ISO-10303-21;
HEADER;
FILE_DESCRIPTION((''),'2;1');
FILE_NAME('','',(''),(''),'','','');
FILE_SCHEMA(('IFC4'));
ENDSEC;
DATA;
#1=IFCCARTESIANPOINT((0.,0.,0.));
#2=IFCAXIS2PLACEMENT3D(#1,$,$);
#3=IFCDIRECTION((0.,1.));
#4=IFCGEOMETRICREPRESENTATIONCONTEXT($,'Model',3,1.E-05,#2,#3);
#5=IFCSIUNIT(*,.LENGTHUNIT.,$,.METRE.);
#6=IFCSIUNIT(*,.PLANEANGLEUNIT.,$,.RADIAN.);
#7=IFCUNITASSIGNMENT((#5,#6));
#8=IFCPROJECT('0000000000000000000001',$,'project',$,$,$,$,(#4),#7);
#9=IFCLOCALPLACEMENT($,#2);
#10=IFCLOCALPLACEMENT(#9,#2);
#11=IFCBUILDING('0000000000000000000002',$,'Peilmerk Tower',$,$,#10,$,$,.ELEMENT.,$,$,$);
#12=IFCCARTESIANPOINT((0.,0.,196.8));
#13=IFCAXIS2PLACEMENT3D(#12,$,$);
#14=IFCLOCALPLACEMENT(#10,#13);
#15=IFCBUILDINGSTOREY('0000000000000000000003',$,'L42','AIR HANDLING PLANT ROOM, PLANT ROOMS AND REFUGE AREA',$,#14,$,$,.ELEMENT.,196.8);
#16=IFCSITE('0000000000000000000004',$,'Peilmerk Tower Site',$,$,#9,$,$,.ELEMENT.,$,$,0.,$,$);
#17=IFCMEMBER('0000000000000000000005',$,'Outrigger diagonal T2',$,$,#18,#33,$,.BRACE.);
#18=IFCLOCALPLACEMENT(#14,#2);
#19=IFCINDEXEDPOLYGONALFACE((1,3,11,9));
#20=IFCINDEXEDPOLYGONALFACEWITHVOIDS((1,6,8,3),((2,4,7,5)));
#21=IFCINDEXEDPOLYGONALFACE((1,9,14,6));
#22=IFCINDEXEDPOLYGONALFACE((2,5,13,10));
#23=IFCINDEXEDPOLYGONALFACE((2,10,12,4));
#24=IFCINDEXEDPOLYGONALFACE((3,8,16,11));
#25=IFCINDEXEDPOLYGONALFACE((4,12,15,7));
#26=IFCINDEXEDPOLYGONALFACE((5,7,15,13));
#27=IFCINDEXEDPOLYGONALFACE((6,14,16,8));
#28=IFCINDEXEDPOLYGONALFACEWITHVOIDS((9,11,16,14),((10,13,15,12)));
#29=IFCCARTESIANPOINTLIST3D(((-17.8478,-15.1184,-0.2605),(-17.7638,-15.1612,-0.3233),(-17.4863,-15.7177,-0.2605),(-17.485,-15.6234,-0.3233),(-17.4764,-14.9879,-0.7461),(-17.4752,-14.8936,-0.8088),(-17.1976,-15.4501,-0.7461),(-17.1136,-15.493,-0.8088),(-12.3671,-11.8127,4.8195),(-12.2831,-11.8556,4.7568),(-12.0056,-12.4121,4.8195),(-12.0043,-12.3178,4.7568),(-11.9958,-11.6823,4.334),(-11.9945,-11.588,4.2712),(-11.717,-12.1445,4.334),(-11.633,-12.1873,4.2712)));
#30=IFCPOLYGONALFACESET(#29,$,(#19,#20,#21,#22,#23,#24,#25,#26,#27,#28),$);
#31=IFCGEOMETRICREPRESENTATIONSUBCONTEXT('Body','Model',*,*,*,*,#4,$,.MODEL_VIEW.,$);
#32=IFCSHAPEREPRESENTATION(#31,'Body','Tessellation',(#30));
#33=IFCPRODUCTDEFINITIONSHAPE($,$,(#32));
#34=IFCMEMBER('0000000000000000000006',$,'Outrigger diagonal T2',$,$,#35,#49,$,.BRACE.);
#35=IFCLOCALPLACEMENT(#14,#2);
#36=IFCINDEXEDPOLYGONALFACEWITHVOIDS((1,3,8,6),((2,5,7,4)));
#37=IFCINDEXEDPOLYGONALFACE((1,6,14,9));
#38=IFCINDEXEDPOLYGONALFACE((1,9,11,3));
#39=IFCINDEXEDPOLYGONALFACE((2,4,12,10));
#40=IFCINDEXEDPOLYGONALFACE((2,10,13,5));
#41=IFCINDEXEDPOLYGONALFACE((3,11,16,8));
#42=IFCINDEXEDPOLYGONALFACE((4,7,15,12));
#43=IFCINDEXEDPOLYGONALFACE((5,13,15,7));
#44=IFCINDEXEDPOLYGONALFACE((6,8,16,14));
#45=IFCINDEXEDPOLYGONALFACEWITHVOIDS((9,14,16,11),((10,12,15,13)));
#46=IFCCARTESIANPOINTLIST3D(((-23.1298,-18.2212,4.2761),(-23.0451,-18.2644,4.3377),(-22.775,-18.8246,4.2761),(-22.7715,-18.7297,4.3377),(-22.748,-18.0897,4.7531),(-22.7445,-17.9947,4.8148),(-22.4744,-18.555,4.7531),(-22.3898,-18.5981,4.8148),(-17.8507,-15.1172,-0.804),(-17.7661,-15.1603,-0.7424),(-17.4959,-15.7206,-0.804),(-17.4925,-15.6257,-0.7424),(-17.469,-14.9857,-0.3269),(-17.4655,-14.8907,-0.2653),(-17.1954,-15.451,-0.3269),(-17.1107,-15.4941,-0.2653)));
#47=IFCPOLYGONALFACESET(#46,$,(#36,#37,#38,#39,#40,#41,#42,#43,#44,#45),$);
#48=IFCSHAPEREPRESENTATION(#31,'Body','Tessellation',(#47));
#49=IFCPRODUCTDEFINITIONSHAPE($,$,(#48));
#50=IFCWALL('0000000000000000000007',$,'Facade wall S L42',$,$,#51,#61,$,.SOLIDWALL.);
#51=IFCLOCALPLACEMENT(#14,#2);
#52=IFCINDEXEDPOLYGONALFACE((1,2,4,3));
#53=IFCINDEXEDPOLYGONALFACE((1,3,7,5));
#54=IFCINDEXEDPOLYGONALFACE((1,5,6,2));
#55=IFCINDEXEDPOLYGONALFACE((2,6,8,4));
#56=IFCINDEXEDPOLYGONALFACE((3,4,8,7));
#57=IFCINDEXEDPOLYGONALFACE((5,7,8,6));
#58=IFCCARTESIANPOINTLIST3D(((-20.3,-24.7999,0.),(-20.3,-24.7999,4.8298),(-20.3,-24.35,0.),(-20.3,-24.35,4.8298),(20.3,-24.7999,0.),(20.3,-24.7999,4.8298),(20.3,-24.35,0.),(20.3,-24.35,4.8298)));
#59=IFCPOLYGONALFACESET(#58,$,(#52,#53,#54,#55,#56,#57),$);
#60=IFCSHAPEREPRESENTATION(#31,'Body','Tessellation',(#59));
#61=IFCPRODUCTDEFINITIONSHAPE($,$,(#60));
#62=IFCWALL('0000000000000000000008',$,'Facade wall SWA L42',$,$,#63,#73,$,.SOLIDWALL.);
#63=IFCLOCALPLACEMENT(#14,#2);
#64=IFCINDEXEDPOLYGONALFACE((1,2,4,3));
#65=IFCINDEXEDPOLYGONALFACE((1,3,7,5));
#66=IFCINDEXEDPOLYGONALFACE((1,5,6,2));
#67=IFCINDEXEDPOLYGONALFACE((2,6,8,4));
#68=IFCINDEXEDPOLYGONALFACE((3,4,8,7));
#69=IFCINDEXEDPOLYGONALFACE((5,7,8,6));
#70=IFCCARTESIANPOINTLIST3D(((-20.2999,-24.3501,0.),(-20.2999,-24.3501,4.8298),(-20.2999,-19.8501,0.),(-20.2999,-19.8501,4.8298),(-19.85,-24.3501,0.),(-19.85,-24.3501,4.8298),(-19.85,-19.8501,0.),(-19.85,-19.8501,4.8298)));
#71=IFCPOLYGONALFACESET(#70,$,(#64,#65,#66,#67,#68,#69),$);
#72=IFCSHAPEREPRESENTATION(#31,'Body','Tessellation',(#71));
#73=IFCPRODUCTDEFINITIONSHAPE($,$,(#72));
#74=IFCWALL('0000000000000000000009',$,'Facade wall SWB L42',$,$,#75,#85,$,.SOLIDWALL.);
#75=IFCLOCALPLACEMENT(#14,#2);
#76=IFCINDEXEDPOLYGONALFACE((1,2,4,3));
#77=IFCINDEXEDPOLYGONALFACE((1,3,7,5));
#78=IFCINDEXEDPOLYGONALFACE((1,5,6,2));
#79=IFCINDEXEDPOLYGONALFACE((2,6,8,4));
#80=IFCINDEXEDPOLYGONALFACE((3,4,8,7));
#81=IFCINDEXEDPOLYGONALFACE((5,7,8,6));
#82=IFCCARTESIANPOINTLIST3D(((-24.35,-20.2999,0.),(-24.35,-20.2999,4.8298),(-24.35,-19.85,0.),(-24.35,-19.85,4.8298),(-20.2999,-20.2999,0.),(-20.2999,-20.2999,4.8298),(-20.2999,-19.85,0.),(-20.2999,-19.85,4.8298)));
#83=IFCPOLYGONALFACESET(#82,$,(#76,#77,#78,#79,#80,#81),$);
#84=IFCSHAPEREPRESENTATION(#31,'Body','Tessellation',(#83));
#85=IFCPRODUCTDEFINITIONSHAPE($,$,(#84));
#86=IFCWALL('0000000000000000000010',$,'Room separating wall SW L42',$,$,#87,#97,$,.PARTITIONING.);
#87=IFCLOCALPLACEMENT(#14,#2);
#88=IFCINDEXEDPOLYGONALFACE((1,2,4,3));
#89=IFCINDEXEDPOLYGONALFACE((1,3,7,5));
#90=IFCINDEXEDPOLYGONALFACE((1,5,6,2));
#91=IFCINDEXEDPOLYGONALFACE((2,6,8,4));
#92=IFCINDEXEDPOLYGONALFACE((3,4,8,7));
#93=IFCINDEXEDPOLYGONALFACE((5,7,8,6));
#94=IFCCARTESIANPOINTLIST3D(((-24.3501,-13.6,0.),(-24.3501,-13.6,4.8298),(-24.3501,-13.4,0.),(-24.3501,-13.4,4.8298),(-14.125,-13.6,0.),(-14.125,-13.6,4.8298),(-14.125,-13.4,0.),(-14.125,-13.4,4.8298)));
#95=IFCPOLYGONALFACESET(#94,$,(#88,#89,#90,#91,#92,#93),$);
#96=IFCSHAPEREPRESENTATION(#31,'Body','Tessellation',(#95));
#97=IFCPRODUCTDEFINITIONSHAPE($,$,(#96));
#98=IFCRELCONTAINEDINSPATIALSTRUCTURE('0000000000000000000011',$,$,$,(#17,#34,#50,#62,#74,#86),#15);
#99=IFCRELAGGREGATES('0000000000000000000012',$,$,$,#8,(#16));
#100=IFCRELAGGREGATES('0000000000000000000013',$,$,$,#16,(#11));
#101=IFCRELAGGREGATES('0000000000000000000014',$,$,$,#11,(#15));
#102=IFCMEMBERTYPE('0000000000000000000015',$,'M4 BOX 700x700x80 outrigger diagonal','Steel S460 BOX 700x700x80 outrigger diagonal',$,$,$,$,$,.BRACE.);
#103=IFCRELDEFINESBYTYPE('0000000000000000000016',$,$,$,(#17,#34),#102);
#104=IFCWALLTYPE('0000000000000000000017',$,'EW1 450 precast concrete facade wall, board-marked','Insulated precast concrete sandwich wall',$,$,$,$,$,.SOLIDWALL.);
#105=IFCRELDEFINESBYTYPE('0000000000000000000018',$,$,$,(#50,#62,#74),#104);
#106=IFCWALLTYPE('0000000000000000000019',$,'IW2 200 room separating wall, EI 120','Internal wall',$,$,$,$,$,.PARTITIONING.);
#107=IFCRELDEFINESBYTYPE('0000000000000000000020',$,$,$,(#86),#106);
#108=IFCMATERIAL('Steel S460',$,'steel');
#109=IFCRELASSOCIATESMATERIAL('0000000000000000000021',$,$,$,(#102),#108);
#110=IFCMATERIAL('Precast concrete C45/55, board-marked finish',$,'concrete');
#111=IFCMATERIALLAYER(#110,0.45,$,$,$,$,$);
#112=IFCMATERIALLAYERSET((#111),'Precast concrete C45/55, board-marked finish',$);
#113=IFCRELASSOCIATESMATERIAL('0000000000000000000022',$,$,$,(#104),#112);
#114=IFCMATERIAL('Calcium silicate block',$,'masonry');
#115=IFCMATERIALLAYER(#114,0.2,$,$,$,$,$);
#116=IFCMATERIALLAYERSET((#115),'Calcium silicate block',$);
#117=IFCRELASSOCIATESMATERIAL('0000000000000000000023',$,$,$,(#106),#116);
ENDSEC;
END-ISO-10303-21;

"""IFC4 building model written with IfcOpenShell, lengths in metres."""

from ifc_helpers import new_model, si_unit, direction, frame, frame_2d, origin, origin_2d, place, context, subcontext, project, spatial, rectangle, hollow_rectangle, extrude, material, layer, layer_set, material_profile, profile_set, type_object, element, save


model = new_model("IFC4")

# Units and contexts
model_context = context("Model", 3, precision=1e-05, world=origin(), true_north=direction((0.0, 1.0)))
body_context = subcontext(model_context, "Body", "Model", "MODEL_VIEW")
ifc_project = project(units=[si_unit("LENGTHUNIT", "METRE"), si_unit("PLANEANGLEUNIT", "RADIAN")], contexts=[model_context])

# Site, building, storey
site_placement = place(None, origin())
site = spatial("IfcSite", under=ifc_project, at=site_placement, Name="Peilmerk Tower Site", CompositionType="ELEMENT", RefElevation=0.0)
building_placement = place(site_placement, origin())
building = spatial("IfcBuilding", under=site, at=building_placement, Name="Peilmerk Tower", CompositionType="ELEMENT")
storey_placement = place(building_placement, frame((0.0, 0.0, 196.8)))
storey = spatial("IfcBuildingStorey", under=building, at=storey_placement, Name="L42", Description="AIR HANDLING PLANT ROOM, PLANT ROOMS AND REFUGE AREA", CompositionType="ELEMENT", Elevation=196.8)

# Shared definitions
ifc_material_1 = material(Name="Steel S460", Category="steel")

# Members
ifc_material_profile_1 = material_profile(ifc_material_1, hollow_rectangle(XDim=0.7, YDim=0.7, WallThickness=0.0801, at=origin_2d()), Name="BOX 700x700x80")
ifc_profile_set_1 = profile_set([ifc_material_profile_1], Name="Steel S460")
member_type_1 = type_object("IfcMemberType", Name="M4 BOX 700x700x80 outrigger diagonal", Description="Steel S460 BOX 700x700x80 outrigger diagonal", PredefinedType="BRACE", material=ifc_profile_set_1)
member_1_placement = place(storey_placement, frame((-17.4807, -15.3057, -0.5347), z_axis=(0.670714, 0.404538, 0.621685), x_axis=(-0.516475, 0.856303, 0.0)))
element("IfcMember", 1, at=member_1_placement, inside=storey, type_object=member_type_1, Name="Outrigger diagonal T2", PredefinedType="BRACE", context=body_context, shape_type="SweptSolid", body=[
    extrude(hollow_rectangle(XDim=0.7, YDim=0.7, WallThickness=0.0801, at=origin_2d()), origin(), (0.0, 0.0, 1.0), 8.1714),
])
member_2_placement = place(storey_placement, frame((-17.4807, -15.3057, -0.5347), z_axis=(-0.663466, -0.390108, 0.638459), x_axis=(0.50686, -0.862028, 0.0)))
element("IfcMember", 2, at=member_2_placement, inside=storey, type_object=member_type_1, Name="Outrigger diagonal T2", PredefinedType="BRACE", context=body_context, shape_type="SweptSolid", body=[
    extrude(hollow_rectangle(XDim=0.7, YDim=0.7, WallThickness=0.0801, at=origin_2d()), origin(), (0.0, 0.0, 1.0), 7.9568),
])

# Walls
ifc_material_2 = material(Name="Precast concrete C45/55, board-marked finish", Category="concrete")
ifc_layer_1 = layer(ifc_material_2, 0.45)
ifc_layer_set_1 = layer_set([ifc_layer_1], Name="Precast concrete C45/55, board-marked finish")
wall_type_1 = type_object("IfcWallType", Name="EW1 450 precast concrete facade wall, board-marked", Description="Insulated precast concrete sandwich wall", PredefinedType="SOLIDWALL", material=ifc_layer_set_1)
wall_1_placement = place(storey_placement, frame((-20.3, -24.575, 0.0), z_axis=(0.0, 0.0, 1.0), x_axis=(1.0, 0.0, 0.0)))
element("IfcWall", 3, at=wall_1_placement, inside=storey, type_object=wall_type_1, Name="Facade wall S L42", PredefinedType="SOLIDWALL", context=body_context, shape_type="SweptSolid", body=[
    extrude(rectangle(XDim=40.6001, YDim=0.45, at=frame_2d((20.3, 0.0))), origin(), (0.0, 0.0, 1.0), 4.8298),
])
wall_2_placement = place(storey_placement, frame((-20.075, -19.8501, 0.0), z_axis=(0.0, 0.0, 1.0), x_axis=(0.0, -1.0, 0.0)))
element("IfcWall", 4, at=wall_2_placement, inside=storey, type_object=wall_type_1, Name="Facade wall SWA L42", PredefinedType="SOLIDWALL", context=body_context, shape_type="SweptSolid", body=[
    extrude(rectangle(XDim=4.5, YDim=0.45, at=frame_2d((2.25, 0.0))), origin(), (0.0, 0.0, 1.0), 4.8298),
])
wall_3_placement = place(storey_placement, frame((-20.3, -20.075, 0.0), z_axis=(0.0, 0.0, 1.0), x_axis=(-1.0, 0.0, 0.0)))
element("IfcWall", 5, at=wall_3_placement, inside=storey, type_object=wall_type_1, Name="Facade wall SWB L42", PredefinedType="SOLIDWALL", context=body_context, shape_type="SweptSolid", body=[
    extrude(rectangle(XDim=4.05, YDim=0.45, at=frame_2d((2.0249, 0.0))), origin(), (0.0, 0.0, 1.0), 4.8298),
])
ifc_material_3 = material(Name="Calcium silicate block", Category="masonry")
ifc_layer_2 = layer(ifc_material_3, 0.2)
ifc_layer_set_2 = layer_set([ifc_layer_2], Name="Calcium silicate block")
wall_type_2 = type_object("IfcWallType", Name="IW2 200 room separating wall, EI 120", Description="Internal wall", PredefinedType="PARTITIONING", material=ifc_layer_set_2)
wall_4_placement = place(storey_placement, frame((-14.125, -13.5, 0.0), z_axis=(0.0, 0.0, 1.0), x_axis=(-1.0, 0.0, 0.0)))
element("IfcWall", 6, at=wall_4_placement, inside=storey, type_object=wall_type_2, Name="Room separating wall SW L42", PredefinedType="PARTITIONING", context=body_context, shape_type="SweptSolid", body=[
    extrude(rectangle(XDim=10.2251, YDim=0.2, at=frame_2d((5.1125, 0.0))), origin(), (0.0, 0.0, 1.0), 4.8298),
])

save(model, "model.ifc")
